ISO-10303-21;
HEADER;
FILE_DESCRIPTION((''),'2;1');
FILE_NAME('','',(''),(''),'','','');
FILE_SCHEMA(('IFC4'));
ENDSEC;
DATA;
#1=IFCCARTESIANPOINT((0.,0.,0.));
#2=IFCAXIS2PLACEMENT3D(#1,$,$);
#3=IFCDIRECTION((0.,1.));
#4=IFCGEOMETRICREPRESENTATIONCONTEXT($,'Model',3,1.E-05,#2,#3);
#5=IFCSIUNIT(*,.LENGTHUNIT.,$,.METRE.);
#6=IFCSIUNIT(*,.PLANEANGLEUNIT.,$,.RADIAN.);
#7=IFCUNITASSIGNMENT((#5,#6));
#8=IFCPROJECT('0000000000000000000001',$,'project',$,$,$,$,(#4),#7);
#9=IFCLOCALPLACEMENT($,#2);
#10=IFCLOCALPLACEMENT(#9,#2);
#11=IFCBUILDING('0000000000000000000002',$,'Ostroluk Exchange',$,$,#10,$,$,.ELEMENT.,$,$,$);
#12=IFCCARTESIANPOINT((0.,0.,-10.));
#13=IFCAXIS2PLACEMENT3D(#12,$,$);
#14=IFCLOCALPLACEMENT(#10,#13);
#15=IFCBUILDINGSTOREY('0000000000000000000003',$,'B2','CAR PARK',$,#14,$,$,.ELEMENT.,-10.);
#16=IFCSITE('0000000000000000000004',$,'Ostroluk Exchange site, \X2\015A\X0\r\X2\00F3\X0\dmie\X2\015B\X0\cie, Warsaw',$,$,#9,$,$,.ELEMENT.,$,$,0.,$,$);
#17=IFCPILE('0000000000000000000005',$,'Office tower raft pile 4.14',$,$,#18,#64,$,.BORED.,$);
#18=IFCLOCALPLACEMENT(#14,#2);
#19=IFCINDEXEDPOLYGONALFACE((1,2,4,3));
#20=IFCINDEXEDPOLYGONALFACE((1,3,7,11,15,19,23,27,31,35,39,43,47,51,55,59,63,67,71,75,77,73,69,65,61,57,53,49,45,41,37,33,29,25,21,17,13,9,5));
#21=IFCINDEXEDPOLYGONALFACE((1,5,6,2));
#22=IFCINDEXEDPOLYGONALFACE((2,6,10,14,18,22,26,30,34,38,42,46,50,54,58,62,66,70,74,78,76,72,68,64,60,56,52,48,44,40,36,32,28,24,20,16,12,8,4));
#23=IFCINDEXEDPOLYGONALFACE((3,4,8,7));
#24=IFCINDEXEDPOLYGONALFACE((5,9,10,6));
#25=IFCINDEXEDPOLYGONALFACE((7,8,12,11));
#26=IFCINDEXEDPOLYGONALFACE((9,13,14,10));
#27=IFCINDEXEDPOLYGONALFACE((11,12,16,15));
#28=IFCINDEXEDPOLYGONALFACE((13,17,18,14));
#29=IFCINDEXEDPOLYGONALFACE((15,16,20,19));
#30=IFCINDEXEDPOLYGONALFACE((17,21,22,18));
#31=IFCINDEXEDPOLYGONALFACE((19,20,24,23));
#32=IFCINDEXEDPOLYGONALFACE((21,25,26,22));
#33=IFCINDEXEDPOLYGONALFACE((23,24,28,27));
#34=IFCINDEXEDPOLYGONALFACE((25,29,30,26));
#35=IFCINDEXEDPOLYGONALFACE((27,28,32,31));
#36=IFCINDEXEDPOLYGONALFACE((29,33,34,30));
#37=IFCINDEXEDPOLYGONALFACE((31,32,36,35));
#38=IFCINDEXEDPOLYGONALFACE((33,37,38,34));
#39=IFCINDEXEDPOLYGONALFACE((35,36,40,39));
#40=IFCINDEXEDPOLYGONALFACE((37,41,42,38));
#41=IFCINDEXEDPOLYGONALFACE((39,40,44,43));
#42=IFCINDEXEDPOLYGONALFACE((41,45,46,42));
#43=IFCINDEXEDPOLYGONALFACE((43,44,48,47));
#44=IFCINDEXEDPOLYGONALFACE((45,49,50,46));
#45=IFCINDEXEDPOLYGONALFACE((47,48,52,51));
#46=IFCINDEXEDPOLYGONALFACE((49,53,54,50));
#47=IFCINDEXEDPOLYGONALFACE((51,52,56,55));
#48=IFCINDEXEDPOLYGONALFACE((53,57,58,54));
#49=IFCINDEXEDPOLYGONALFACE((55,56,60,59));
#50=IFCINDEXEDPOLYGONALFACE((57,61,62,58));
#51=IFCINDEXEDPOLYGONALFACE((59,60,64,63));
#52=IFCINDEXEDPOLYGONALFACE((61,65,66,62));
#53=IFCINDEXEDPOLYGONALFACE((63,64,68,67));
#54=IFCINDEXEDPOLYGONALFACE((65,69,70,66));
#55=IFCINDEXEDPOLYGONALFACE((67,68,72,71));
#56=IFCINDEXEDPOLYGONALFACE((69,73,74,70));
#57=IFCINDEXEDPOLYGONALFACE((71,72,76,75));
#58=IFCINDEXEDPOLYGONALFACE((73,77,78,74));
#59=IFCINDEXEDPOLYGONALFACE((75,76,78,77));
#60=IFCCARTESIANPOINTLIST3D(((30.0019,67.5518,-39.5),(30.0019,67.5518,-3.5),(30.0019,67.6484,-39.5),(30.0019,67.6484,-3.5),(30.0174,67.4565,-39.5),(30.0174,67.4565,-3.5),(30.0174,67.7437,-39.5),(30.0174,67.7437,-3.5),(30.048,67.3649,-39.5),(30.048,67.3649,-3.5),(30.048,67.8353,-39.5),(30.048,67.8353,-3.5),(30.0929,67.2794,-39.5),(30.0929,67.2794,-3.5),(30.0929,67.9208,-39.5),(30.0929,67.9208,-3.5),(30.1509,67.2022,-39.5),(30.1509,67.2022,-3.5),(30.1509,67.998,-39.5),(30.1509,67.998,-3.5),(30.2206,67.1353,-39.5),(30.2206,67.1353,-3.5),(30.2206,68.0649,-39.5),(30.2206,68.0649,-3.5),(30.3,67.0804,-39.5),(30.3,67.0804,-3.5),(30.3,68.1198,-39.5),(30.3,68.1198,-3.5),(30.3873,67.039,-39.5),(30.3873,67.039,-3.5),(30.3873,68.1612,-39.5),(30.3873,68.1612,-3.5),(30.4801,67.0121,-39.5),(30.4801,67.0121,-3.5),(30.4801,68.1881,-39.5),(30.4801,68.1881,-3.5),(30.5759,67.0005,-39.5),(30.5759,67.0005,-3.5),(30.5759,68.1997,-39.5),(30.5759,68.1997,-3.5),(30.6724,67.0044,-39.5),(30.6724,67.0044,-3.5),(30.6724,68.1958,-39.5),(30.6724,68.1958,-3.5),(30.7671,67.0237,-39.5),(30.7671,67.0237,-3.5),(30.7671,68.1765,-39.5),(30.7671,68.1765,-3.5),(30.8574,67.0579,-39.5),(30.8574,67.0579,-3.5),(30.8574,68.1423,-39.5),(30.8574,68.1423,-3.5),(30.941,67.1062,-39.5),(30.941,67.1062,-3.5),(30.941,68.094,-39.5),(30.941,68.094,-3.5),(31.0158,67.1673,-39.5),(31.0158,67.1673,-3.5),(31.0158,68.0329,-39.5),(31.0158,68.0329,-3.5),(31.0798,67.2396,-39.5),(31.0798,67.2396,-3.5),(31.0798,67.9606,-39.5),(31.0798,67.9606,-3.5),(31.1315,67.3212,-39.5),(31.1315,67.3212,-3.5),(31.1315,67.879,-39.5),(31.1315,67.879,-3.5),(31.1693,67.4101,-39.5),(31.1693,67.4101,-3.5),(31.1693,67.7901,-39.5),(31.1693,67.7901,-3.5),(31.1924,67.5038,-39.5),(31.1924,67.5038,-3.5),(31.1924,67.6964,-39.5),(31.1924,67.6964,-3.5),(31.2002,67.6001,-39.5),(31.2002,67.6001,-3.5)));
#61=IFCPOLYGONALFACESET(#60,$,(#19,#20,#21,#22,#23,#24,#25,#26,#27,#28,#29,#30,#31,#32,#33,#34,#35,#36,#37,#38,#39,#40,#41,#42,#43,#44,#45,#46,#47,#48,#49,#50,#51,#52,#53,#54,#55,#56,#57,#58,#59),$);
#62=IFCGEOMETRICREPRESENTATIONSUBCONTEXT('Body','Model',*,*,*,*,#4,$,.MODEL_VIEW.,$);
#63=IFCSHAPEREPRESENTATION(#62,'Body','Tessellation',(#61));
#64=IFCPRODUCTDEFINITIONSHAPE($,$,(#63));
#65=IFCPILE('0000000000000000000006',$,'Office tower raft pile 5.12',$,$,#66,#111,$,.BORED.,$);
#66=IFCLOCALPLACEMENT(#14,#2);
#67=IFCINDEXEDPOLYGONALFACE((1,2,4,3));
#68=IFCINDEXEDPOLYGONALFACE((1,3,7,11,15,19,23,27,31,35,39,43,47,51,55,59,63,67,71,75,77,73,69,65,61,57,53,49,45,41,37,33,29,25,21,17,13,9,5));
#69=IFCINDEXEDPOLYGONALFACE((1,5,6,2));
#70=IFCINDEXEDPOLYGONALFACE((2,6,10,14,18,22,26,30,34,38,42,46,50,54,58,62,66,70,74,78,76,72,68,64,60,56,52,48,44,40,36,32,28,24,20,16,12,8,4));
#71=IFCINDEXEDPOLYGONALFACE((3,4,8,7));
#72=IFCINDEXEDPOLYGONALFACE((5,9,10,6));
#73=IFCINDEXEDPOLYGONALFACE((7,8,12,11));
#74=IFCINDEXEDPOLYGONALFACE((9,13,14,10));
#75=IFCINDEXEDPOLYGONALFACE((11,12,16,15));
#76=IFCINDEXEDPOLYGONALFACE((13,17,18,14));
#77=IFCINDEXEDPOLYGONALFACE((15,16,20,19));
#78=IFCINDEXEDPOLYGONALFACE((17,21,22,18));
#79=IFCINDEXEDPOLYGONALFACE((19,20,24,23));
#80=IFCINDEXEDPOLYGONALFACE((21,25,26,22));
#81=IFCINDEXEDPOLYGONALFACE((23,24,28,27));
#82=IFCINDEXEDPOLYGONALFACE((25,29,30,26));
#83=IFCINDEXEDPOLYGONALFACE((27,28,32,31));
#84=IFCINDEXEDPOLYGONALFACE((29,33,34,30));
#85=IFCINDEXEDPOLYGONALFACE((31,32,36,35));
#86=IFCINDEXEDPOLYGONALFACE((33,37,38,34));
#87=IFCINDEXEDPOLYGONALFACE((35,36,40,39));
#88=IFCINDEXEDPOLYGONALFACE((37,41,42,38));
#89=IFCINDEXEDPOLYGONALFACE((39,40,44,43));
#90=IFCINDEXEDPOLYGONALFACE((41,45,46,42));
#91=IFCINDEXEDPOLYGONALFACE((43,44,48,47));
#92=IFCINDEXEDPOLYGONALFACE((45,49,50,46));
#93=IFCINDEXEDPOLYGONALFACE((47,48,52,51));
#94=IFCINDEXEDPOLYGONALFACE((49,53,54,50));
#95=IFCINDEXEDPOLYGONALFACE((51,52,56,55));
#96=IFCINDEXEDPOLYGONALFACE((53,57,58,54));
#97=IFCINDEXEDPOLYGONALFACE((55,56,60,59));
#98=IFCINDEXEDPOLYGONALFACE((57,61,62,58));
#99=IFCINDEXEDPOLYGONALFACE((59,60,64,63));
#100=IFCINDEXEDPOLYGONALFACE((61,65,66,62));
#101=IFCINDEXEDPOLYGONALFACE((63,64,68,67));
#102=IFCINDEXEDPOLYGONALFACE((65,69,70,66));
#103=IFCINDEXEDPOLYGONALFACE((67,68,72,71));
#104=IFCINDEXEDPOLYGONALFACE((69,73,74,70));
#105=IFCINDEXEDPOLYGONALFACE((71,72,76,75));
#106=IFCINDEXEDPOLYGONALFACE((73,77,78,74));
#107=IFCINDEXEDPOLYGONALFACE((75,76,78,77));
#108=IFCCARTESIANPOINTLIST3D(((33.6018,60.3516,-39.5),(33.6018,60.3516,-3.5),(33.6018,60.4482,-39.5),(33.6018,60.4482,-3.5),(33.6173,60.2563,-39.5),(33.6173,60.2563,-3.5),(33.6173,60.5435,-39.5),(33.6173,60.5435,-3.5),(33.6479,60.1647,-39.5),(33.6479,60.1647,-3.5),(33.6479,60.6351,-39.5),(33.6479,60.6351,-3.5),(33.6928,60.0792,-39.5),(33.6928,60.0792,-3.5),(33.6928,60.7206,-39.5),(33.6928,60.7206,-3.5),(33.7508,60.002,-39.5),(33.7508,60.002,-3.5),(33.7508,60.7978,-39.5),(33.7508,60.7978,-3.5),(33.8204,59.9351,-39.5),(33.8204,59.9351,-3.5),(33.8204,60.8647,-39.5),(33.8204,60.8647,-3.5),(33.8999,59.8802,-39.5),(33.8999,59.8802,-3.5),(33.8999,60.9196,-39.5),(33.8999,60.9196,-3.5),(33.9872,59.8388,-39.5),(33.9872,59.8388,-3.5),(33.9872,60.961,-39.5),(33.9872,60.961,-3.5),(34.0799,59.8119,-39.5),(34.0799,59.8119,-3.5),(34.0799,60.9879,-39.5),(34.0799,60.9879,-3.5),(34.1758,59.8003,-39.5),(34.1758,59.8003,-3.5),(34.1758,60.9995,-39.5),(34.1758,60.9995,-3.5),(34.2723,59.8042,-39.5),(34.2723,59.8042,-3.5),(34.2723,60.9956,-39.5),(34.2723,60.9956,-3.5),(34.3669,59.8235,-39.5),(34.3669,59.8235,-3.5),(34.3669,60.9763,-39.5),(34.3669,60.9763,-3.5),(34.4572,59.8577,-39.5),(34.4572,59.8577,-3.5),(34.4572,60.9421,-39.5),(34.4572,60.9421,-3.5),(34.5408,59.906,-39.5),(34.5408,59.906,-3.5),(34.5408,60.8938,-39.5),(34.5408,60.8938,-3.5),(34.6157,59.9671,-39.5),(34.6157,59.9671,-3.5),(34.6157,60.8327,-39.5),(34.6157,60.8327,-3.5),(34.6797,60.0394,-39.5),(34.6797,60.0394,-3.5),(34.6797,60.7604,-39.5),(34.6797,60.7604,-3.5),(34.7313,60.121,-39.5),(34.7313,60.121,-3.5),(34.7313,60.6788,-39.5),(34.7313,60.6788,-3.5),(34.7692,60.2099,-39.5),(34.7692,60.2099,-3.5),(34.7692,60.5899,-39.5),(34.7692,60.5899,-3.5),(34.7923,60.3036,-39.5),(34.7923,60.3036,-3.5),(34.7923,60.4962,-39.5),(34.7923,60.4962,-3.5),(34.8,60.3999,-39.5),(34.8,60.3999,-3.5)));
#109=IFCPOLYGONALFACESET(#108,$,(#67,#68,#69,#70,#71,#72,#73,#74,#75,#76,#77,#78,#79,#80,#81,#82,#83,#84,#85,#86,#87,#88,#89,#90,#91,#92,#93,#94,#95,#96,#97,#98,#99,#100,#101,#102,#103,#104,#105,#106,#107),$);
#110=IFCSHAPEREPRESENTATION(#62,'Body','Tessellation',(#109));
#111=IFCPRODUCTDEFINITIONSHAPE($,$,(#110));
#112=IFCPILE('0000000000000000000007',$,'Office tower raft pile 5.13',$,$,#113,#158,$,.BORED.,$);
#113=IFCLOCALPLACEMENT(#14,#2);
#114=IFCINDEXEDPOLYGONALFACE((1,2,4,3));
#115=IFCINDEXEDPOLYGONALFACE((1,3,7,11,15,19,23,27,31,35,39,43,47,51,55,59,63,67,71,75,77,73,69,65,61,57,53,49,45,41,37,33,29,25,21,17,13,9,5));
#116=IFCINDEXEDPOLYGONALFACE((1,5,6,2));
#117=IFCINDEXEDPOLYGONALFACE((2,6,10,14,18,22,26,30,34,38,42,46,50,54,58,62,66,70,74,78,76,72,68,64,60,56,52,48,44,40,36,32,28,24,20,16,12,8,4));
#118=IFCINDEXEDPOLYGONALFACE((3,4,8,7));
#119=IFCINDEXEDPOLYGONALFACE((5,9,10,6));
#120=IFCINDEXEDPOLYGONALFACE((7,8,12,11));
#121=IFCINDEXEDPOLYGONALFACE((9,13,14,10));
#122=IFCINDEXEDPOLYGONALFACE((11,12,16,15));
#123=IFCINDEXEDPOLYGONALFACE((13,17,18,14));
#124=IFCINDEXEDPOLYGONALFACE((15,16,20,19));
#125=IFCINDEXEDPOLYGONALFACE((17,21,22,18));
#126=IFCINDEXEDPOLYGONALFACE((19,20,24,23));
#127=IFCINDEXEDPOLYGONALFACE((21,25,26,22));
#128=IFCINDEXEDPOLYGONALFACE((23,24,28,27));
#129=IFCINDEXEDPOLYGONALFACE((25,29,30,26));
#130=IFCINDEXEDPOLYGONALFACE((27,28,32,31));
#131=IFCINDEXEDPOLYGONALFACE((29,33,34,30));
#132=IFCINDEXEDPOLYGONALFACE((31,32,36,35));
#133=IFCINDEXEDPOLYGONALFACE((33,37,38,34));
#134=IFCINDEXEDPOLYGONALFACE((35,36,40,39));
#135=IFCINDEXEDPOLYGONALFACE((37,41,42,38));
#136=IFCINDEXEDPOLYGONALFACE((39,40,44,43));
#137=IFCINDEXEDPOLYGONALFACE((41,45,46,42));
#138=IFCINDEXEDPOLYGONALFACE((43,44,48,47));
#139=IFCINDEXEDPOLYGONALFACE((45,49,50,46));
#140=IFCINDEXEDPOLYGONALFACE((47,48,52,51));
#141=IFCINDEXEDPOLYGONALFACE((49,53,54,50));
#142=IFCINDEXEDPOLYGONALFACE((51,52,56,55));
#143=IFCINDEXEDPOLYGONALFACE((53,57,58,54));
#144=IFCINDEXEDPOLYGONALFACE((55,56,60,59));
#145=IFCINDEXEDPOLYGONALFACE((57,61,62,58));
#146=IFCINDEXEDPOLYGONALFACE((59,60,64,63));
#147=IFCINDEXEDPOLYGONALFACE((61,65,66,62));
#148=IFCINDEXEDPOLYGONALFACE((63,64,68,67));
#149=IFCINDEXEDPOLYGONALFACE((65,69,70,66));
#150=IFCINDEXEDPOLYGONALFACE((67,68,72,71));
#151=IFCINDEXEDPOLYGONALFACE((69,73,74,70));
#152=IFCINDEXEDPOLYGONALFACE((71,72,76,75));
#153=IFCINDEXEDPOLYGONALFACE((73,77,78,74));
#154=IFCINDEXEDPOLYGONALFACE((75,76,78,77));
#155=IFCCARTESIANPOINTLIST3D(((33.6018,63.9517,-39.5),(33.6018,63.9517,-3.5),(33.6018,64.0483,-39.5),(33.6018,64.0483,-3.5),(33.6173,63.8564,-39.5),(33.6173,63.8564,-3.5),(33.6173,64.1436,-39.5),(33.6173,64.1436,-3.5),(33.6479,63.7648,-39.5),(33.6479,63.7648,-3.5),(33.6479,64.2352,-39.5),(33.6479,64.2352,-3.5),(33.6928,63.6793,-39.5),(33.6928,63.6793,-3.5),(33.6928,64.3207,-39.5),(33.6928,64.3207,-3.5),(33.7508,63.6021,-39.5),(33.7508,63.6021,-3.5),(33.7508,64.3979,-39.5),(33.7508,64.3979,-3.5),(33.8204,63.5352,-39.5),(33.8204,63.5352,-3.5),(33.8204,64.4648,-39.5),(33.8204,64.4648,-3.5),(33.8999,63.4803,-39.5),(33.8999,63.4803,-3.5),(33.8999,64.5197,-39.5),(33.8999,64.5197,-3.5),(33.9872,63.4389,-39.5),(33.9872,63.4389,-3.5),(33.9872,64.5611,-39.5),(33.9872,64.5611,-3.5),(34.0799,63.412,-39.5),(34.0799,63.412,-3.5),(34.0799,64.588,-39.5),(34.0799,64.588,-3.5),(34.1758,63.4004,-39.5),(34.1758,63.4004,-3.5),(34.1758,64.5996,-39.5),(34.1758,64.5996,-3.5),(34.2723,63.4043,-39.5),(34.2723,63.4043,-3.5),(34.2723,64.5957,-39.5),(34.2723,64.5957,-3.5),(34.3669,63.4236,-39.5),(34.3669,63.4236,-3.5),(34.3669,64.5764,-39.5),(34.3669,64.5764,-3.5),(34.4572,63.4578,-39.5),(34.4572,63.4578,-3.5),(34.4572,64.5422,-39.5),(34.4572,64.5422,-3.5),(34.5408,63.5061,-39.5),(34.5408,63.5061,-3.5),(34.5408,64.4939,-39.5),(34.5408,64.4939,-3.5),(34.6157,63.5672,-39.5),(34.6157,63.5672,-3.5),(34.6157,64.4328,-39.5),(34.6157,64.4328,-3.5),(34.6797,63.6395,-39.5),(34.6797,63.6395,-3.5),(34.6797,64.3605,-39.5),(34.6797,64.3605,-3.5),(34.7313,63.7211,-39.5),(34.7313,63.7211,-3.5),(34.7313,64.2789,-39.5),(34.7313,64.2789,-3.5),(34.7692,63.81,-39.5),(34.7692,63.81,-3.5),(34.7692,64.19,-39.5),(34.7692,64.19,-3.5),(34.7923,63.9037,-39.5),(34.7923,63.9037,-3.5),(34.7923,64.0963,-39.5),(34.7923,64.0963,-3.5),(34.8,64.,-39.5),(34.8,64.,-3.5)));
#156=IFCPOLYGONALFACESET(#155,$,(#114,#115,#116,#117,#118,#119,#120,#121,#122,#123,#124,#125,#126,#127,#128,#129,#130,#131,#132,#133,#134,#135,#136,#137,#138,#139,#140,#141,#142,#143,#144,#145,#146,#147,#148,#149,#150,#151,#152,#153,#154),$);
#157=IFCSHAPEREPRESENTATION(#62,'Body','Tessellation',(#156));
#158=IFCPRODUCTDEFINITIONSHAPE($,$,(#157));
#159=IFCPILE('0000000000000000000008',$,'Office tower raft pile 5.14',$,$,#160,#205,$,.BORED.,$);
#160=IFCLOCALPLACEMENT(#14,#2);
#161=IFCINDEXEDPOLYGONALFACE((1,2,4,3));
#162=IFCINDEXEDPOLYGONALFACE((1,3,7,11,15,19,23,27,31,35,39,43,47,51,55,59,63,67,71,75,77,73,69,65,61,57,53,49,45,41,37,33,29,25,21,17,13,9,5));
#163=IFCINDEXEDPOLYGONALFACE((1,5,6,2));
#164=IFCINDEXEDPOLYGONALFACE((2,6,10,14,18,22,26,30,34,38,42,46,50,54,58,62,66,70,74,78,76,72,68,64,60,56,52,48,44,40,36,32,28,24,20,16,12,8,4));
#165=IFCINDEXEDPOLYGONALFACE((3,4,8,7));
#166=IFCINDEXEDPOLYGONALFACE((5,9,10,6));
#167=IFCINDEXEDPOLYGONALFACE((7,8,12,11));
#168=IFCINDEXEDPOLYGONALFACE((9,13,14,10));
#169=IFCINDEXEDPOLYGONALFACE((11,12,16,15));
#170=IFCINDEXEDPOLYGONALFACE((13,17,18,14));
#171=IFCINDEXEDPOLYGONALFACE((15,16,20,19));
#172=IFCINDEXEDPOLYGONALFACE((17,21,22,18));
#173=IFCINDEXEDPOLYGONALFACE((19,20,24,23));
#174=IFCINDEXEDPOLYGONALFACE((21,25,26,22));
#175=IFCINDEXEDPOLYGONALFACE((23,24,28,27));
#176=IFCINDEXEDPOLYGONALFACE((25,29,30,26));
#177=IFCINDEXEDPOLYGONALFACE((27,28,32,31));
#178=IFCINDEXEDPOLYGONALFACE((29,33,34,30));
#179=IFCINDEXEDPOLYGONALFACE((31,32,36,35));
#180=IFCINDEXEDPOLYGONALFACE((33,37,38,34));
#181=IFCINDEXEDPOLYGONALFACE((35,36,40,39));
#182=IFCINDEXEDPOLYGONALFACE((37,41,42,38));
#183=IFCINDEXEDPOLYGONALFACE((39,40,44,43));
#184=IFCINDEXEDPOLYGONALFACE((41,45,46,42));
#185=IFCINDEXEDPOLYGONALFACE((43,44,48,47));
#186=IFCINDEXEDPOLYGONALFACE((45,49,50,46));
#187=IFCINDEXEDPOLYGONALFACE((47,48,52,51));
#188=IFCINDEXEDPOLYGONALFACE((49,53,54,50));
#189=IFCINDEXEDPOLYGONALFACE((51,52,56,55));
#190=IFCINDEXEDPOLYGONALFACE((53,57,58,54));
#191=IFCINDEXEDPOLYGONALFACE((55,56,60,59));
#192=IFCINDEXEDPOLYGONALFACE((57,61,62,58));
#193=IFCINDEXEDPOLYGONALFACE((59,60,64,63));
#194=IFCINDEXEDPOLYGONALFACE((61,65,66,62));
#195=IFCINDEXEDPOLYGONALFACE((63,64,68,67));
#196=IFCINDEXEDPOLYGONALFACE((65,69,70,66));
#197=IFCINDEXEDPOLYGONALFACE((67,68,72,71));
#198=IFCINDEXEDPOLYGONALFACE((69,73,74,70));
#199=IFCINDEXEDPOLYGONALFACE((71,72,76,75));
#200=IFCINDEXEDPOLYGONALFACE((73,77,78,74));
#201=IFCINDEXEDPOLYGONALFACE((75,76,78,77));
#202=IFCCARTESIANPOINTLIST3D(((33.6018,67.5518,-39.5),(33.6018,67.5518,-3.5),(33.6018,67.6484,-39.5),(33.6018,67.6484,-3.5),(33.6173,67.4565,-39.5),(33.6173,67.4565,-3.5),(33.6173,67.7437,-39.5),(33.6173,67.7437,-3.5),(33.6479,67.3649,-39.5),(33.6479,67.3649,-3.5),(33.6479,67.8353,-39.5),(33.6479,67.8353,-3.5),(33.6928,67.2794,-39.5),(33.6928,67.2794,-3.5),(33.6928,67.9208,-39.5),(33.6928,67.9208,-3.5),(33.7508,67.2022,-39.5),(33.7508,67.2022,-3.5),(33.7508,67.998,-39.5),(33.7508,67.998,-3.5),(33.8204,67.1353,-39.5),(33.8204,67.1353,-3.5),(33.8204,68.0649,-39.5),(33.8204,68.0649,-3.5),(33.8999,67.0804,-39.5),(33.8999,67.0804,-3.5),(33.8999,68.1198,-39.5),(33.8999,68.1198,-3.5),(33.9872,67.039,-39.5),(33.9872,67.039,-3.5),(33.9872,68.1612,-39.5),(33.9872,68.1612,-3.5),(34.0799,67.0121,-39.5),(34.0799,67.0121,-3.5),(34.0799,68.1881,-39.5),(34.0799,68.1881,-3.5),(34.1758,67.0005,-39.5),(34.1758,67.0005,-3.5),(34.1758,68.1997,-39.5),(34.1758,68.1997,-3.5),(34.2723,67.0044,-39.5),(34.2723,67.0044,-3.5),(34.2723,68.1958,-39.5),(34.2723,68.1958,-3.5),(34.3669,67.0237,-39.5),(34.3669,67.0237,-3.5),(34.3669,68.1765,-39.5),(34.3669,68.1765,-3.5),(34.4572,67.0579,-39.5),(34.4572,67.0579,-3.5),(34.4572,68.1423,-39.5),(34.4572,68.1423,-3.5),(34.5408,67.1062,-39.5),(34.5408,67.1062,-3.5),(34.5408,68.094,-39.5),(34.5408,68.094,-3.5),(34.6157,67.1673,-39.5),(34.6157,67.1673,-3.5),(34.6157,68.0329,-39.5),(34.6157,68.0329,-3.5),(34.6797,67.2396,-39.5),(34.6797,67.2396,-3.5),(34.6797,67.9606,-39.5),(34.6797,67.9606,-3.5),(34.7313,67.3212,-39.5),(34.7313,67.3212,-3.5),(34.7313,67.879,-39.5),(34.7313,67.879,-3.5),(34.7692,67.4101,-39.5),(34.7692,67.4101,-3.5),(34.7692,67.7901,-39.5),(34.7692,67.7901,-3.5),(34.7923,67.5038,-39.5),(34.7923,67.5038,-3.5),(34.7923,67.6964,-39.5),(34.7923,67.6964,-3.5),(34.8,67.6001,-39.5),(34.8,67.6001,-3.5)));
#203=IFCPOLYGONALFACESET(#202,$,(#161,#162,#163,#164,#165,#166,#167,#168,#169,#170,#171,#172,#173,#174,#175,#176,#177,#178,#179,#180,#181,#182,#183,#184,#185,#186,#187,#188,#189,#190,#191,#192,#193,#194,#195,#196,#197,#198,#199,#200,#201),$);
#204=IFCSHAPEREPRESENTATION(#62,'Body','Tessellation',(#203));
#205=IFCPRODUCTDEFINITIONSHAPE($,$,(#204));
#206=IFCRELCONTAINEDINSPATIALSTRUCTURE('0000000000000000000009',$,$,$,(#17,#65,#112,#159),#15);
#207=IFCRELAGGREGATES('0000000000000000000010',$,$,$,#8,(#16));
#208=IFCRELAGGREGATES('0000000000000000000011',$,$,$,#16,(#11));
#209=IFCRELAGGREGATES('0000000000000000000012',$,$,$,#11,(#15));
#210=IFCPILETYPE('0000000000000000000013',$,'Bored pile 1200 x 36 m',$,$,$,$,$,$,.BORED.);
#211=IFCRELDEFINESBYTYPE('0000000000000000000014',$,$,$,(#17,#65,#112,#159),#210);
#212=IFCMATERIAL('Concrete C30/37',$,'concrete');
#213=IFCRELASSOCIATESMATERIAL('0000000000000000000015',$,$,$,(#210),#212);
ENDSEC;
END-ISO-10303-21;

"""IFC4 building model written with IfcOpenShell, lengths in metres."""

from ifc_helpers import new_model, si_unit, direction, frame, origin, origin_2d, place, context, subcontext, project, spatial, circle, extrude, material, type_object, element, save


model = new_model("IFC4")

# Units and contexts
model_context = context("Model", 3, precision=1e-05, world=origin(), true_north=direction((0.0, 1.0)))
body_context = subcontext(model_context, "Body", "Model", "MODEL_VIEW")
ifc_project = project(units=[si_unit("LENGTHUNIT", "METRE"), si_unit("PLANEANGLEUNIT", "RADIAN")], contexts=[model_context])

# Site, building, storey
site_placement = place(None, origin())
site = spatial("IfcSite", under=ifc_project, at=site_placement, Name="Ostroluk Exchange site, Śródmieście, Warsaw", CompositionType="ELEMENT", RefElevation=0.0)
building_placement = place(site_placement, origin())
building = spatial("IfcBuilding", under=site, at=building_placement, Name="Ostroluk Exchange", CompositionType="ELEMENT")
storey_placement = place(building_placement, frame((0.0, 0.0, -10.0)))
storey = spatial("IfcBuildingStorey", under=building, at=storey_placement, Name="B2", Description="CAR PARK", CompositionType="ELEMENT", Elevation=-10.0)

# Piles
ifc_material_1 = material(Name="Concrete C30/37", Category="concrete")
pile_type = type_object("IfcPileType", Name="Bored pile 1200 x 36 m", PredefinedType="BORED", material=ifc_material_1)
for number, where, z_axis, x_axis, name in (
    (1, (30.6001, 67.6001, -3.5), (0.0, 0.0, -1.0), (1.0, 0.0, 0.0), "Office tower raft pile 4.14"),
    (2, (34.2, 60.3999, -3.5), (0.0, 0.0, -1.0), (1.0, 0.0, 0.0), "Office tower raft pile 5.12"),
    (3, (34.2, 64.0, -3.5), (0.0, 0.0, -1.0), (1.0, 0.0, 0.0), "Office tower raft pile 5.13"),
    (4, (34.2, 67.6001, -3.5), (0.0, 0.0, -1.0), (1.0, 0.0, 0.0), "Office tower raft pile 5.14"),
):
    element("IfcPile", number, at=place(storey_placement, frame(where, z_axis=z_axis, x_axis=x_axis)), inside=storey, type_object=pile_type, Name=name, PredefinedType="BORED", context=body_context, shape_type="SweptSolid", body=[
        extrude(circle(Radius=0.6001, at=origin_2d()), origin(), (0.0, 0.0, 1.0), 36.0),
    ])

save(model, "model.ifc")
